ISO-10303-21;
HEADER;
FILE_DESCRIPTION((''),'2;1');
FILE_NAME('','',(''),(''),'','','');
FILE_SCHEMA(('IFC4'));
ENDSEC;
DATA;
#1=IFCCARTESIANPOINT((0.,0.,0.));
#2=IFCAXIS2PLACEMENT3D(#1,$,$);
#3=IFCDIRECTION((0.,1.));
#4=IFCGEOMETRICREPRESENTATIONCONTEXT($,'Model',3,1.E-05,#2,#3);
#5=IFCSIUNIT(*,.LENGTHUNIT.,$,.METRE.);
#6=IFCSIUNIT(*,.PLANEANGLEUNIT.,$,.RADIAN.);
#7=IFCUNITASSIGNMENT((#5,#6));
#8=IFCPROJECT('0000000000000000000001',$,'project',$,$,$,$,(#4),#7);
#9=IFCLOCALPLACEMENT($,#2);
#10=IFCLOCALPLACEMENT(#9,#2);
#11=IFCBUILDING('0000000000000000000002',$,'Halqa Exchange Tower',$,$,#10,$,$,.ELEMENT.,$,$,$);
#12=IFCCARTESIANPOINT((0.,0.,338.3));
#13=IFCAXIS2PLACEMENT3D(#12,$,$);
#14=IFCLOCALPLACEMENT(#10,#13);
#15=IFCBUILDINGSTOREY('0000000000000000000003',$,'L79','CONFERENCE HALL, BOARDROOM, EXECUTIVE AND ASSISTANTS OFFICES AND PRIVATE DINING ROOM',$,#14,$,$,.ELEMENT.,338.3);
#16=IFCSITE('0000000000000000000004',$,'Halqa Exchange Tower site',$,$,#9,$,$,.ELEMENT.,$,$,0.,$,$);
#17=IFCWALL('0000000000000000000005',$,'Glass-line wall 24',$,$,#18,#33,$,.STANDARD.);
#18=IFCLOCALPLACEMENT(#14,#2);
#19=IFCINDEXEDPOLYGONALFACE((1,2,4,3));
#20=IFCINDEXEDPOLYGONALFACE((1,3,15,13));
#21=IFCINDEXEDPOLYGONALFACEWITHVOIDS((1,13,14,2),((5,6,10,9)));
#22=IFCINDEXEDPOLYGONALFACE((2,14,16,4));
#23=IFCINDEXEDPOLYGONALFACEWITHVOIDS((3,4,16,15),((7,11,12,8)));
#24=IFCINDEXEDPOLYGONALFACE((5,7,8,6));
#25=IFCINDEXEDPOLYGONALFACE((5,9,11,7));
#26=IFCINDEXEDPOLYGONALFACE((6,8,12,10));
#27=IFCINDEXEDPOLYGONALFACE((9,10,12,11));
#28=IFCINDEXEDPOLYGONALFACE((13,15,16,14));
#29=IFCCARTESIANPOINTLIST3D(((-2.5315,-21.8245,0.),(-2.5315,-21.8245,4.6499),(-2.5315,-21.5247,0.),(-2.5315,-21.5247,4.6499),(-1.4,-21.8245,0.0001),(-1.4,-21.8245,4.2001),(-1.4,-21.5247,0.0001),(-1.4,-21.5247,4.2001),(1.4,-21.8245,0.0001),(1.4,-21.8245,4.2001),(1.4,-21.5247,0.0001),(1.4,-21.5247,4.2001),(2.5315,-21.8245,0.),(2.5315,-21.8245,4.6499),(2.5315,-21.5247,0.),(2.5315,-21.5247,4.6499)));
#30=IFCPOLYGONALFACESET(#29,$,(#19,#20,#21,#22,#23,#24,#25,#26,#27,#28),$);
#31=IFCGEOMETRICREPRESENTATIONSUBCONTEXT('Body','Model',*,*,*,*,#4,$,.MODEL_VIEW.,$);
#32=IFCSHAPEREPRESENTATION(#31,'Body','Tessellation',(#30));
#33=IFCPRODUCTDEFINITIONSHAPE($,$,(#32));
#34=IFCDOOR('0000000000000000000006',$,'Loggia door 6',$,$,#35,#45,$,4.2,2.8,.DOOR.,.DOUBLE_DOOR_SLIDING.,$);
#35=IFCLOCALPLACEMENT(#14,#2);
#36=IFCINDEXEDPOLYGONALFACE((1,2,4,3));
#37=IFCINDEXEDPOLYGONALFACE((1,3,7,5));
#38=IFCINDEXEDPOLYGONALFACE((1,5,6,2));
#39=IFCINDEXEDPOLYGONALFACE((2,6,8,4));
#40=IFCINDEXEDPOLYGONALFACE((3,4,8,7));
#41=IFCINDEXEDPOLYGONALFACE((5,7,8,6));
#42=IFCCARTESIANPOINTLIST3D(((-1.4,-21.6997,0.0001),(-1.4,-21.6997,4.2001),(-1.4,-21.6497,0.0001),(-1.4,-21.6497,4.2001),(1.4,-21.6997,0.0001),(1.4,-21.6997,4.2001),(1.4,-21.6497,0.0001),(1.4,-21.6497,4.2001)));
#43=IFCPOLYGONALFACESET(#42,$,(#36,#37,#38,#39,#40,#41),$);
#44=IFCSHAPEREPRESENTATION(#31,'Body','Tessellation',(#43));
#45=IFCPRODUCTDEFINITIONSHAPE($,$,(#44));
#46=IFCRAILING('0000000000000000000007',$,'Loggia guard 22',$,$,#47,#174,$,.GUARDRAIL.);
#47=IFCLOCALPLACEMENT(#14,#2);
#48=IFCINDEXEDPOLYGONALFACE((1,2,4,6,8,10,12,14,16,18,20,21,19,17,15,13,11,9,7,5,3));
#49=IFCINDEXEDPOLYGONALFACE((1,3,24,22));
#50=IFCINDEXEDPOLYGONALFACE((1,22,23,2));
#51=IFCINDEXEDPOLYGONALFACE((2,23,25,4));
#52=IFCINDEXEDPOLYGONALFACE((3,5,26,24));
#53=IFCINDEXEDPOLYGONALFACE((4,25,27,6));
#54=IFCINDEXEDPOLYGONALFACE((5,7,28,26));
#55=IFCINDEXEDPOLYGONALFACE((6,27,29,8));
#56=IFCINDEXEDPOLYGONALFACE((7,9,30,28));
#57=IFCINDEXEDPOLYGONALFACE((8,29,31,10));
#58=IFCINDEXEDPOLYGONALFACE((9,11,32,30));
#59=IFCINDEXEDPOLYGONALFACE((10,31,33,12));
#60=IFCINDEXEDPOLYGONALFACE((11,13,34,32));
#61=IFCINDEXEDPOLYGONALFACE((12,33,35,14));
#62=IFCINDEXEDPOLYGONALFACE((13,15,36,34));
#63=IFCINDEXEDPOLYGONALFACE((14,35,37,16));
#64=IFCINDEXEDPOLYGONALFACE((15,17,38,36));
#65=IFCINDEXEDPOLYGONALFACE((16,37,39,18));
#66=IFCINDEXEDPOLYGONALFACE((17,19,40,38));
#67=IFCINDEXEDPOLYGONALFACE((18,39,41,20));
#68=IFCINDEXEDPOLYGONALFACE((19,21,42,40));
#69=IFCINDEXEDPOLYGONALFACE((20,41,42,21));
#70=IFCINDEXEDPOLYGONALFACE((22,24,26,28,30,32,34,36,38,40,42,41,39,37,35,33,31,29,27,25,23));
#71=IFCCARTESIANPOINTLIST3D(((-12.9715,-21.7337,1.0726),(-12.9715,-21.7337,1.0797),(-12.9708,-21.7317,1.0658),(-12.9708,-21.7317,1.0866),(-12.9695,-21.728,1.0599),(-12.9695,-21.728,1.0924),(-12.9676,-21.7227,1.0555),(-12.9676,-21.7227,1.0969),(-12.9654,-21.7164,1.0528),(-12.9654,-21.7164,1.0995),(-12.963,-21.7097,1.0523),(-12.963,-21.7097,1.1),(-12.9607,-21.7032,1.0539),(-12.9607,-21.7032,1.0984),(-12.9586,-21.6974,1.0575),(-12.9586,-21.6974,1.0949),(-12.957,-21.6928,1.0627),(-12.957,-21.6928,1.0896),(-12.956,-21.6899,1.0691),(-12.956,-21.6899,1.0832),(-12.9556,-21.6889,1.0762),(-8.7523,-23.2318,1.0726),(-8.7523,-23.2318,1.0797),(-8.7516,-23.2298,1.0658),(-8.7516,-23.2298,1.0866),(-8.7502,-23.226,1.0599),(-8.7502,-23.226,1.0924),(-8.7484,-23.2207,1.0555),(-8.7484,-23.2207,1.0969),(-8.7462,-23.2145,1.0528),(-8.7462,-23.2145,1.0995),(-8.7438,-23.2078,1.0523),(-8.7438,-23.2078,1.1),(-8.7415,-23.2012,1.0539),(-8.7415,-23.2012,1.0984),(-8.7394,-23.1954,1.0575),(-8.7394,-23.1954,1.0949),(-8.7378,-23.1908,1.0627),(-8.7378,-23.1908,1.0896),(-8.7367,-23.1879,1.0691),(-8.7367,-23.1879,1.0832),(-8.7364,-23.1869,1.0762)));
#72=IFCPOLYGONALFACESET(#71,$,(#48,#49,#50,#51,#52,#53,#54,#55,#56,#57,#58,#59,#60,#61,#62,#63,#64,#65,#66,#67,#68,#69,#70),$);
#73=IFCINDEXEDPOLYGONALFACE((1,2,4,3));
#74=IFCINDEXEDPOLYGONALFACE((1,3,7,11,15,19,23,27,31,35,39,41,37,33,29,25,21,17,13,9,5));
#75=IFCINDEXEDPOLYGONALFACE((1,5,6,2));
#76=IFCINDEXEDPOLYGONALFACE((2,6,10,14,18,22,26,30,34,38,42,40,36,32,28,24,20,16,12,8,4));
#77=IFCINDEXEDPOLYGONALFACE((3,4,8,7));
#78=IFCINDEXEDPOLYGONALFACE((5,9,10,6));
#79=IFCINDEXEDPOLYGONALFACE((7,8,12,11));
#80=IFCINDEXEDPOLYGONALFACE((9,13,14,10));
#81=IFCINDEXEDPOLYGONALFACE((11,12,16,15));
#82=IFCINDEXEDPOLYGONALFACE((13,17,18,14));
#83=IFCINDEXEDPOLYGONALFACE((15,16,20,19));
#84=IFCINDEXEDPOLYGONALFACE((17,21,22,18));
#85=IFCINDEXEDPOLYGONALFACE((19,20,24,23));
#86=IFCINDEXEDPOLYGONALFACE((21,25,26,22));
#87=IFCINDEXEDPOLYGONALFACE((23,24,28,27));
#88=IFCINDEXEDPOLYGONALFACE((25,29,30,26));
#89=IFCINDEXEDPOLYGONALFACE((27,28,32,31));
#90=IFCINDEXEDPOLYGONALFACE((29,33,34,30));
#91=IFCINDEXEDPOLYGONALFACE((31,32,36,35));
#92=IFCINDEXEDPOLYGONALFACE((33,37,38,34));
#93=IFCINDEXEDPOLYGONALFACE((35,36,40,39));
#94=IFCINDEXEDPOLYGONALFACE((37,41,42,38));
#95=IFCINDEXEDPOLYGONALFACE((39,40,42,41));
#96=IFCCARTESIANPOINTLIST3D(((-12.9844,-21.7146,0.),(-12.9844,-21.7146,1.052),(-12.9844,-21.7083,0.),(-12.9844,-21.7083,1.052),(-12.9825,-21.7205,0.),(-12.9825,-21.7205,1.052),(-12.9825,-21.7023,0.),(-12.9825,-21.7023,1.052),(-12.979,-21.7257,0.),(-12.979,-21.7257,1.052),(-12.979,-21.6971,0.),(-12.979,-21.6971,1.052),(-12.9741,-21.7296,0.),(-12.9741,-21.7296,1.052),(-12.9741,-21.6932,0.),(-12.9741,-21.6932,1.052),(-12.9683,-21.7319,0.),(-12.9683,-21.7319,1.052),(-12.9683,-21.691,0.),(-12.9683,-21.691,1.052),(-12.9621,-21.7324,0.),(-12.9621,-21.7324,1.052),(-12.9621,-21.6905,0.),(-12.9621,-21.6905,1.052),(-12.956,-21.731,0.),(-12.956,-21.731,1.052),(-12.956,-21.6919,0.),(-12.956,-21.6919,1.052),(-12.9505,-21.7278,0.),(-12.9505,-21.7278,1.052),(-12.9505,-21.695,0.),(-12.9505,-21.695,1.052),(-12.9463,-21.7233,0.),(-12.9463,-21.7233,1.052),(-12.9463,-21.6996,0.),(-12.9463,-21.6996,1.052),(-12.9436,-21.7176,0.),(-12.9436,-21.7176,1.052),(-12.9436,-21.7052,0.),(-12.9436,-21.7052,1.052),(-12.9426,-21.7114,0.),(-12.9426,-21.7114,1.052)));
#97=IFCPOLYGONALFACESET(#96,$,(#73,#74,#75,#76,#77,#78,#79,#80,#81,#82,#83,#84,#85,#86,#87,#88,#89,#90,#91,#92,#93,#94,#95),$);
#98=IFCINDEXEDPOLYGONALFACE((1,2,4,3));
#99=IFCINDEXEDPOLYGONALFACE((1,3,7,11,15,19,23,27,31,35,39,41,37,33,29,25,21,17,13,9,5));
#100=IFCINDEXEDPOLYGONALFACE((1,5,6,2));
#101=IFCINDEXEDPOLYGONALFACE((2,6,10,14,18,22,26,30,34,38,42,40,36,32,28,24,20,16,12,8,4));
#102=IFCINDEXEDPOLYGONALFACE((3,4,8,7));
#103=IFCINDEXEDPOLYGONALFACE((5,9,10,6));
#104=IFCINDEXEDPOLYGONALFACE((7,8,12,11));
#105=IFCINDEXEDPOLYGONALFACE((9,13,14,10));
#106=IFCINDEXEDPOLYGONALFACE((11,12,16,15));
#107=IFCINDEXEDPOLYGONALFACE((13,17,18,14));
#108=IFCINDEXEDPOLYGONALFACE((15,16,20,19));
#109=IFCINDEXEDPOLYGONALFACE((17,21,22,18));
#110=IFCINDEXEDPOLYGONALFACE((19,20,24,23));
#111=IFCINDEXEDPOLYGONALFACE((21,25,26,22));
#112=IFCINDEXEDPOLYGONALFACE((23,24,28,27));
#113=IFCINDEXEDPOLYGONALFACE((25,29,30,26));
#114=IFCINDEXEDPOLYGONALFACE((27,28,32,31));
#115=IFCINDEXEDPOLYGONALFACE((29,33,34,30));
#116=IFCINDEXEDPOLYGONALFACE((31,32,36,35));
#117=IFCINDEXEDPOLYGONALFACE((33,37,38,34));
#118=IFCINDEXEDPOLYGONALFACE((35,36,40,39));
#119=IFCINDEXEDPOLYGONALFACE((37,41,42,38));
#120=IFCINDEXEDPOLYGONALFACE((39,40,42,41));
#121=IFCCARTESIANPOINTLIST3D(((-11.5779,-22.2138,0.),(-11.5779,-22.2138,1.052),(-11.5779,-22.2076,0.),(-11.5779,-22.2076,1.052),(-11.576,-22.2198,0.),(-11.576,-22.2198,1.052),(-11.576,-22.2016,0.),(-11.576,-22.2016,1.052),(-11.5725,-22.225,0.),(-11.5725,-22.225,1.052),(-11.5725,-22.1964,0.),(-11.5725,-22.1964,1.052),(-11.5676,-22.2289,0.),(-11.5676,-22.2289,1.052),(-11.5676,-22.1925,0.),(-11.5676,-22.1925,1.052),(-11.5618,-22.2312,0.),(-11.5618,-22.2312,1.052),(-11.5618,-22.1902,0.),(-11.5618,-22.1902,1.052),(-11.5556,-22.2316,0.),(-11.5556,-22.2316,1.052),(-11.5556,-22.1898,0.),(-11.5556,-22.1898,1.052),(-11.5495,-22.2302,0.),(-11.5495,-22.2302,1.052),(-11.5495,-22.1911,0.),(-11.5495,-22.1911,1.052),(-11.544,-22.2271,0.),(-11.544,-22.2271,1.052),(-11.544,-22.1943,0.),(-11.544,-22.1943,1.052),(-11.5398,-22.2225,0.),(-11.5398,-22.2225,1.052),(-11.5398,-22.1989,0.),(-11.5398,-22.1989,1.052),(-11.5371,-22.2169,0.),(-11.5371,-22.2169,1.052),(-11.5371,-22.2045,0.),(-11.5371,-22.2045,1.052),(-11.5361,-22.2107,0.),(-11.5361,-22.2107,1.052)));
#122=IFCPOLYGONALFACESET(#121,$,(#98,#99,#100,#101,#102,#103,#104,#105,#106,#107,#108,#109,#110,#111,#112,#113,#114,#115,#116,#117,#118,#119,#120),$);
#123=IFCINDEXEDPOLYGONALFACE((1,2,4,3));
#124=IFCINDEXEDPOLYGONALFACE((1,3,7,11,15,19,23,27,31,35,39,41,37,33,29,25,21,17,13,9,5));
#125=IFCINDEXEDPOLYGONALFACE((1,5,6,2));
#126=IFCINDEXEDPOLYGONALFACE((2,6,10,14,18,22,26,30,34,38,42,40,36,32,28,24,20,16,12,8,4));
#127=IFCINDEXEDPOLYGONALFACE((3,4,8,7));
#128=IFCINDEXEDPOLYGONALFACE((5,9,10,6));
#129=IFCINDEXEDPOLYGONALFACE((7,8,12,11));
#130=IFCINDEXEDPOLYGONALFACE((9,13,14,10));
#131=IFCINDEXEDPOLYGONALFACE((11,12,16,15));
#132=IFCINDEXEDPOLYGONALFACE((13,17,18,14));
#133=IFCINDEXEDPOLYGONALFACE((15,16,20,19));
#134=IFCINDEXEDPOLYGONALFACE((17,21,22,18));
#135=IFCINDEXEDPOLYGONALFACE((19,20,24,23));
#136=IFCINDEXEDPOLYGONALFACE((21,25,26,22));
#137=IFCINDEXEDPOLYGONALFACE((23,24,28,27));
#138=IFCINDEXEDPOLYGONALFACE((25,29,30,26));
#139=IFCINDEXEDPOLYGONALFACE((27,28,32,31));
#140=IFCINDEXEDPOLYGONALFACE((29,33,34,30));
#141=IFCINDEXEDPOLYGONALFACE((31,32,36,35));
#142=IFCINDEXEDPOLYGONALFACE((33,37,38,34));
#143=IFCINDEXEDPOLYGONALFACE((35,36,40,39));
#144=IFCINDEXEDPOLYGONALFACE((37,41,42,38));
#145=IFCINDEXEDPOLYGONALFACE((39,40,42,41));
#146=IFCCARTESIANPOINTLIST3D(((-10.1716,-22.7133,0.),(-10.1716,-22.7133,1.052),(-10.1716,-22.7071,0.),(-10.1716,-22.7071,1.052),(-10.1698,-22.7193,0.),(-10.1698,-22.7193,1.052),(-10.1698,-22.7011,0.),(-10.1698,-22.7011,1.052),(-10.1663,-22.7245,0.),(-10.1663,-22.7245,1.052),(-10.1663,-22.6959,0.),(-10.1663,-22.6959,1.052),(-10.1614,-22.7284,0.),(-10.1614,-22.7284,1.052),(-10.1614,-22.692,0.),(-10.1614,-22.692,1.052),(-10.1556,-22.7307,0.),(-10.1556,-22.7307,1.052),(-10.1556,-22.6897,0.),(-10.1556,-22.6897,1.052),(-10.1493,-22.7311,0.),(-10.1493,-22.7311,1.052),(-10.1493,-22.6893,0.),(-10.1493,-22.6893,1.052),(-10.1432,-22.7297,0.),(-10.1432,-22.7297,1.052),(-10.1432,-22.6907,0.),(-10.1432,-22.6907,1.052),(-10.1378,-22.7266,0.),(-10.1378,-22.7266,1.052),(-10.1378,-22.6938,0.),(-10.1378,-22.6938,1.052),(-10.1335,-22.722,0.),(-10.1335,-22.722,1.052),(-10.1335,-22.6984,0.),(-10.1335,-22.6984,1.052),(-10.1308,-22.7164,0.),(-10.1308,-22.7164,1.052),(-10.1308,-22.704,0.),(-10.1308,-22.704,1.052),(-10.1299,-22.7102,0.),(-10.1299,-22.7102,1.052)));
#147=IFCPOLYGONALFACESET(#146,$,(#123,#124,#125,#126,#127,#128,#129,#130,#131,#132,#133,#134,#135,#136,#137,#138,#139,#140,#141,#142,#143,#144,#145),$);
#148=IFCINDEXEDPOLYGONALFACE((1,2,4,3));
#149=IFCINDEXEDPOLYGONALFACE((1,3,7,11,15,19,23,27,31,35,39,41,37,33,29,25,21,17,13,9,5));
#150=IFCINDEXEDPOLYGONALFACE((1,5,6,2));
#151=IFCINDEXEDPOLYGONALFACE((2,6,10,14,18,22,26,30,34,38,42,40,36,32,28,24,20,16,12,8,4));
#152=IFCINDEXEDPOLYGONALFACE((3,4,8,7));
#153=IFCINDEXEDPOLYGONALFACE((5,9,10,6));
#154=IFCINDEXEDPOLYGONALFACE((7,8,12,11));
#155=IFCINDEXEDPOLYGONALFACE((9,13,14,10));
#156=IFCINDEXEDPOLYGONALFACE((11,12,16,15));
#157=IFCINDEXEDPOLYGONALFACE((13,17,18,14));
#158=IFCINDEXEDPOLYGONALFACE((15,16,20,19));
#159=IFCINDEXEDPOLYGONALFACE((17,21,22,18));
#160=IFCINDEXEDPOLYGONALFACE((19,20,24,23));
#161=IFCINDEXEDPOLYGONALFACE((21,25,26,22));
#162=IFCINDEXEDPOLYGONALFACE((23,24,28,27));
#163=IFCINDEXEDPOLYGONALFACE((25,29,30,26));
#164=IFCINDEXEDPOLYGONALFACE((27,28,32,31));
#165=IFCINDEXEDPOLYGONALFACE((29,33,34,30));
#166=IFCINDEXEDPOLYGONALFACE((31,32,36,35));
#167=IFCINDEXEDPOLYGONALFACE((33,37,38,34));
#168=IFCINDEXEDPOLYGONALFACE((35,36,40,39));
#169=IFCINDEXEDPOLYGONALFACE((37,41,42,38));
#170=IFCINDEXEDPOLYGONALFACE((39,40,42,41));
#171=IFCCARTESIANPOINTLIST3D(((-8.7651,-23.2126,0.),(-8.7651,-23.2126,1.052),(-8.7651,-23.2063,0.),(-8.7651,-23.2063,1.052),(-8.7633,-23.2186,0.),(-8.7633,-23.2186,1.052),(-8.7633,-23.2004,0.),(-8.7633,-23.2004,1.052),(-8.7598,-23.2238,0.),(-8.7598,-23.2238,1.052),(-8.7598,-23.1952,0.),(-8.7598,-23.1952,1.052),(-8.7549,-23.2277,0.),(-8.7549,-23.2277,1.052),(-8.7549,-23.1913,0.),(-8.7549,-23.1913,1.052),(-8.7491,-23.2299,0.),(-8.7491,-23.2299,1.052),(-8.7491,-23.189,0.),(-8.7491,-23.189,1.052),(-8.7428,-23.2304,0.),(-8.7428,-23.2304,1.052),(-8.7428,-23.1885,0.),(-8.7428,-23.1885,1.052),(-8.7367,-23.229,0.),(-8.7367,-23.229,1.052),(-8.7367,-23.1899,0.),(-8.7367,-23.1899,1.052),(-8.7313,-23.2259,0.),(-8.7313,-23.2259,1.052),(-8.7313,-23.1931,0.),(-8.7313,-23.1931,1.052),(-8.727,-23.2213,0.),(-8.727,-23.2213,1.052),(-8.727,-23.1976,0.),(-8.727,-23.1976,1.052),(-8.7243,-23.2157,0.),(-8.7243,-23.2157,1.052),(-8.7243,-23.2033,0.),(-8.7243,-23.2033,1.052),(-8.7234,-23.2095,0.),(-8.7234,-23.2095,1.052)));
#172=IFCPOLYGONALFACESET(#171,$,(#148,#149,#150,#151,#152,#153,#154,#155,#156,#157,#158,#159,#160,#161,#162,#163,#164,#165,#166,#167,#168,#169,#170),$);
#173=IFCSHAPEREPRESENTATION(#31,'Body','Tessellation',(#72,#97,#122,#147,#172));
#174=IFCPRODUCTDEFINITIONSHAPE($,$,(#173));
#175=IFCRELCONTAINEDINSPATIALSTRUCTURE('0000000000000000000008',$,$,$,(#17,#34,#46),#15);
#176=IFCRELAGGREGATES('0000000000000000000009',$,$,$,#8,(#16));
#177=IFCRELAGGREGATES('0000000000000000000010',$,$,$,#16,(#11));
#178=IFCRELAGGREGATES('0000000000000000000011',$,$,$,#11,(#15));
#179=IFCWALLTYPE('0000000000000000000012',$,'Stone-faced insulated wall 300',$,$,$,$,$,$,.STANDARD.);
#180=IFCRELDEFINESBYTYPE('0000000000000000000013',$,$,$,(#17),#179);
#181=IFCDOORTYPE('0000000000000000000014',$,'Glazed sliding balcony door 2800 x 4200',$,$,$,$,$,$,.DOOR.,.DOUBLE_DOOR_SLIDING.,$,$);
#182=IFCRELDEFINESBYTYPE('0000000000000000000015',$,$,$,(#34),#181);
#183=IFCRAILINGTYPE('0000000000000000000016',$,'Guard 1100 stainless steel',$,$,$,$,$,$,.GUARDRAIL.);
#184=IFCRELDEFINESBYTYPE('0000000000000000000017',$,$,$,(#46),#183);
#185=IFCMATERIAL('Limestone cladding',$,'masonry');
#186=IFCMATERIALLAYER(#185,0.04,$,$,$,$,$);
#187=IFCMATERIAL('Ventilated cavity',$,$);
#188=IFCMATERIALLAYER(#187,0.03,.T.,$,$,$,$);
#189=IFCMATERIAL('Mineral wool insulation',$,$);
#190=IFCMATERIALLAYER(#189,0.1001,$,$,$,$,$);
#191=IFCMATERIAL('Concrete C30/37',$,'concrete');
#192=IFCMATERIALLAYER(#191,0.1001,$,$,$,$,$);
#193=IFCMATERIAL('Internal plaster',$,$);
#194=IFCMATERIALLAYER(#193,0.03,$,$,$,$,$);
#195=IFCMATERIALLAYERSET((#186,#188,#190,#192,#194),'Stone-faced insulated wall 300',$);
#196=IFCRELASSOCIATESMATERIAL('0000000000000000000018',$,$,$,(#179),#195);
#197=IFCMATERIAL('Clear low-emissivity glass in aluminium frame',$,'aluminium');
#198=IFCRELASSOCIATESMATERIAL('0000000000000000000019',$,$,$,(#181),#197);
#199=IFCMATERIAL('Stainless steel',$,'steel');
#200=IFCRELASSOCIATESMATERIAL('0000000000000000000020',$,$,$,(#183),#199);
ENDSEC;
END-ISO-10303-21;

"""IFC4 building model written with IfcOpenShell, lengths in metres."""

from ifc_helpers import new_model, si_unit, direction, frame, frame_2d, origin, origin_2d, place, context, subcontext, project, spatial, polyline, rectangle, circle, outline, extrude, material, layer, layer_set, type_object, element, fill, save


model = new_model("IFC4")

# Units and contexts
model_context = context("Model", 3, precision=1e-05, world=origin(), true_north=direction((0.0, 1.0)))
body_context = subcontext(model_context, "Body", "Model", "MODEL_VIEW")
ifc_project = project(units=[si_unit("LENGTHUNIT", "METRE"), si_unit("PLANEANGLEUNIT", "RADIAN")], contexts=[model_context])

# Site, building, storey
site_placement = place(None, origin())
site = spatial("IfcSite", under=ifc_project, at=site_placement, Name="Halqa Exchange Tower site", CompositionType="ELEMENT", RefElevation=0.0)
building_placement = place(site_placement, origin())
building = spatial("IfcBuilding", under=site, at=building_placement, Name="Halqa Exchange Tower", CompositionType="ELEMENT")
storey_placement = place(building_placement, frame((0.0, 0.0, 338.3)))
storey = spatial("IfcBuildingStorey", under=building, at=storey_placement, Name="L79", Description="CONFERENCE HALL, BOARDROOM, EXECUTIVE AND ASSISTANTS OFFICES AND PRIVATE DINING ROOM", CompositionType="ELEMENT", Elevation=338.3)

# Wall, opening, door
ifc_material_1 = material(Name="Limestone cladding", Category="masonry")
ifc_layer_1 = layer(ifc_material_1, 0.04)
ifc_material_2 = material(Name="Ventilated cavity")
ifc_layer_2 = layer(ifc_material_2, 0.03, ventilated=True)
ifc_material_3 = material(Name="Mineral wool insulation")
ifc_layer_3 = layer(ifc_material_3, 0.1001)
ifc_material_4 = material(Name="Concrete C30/37", Category="concrete")
ifc_layer_4 = layer(ifc_material_4, 0.1001)
ifc_material_5 = material(Name="Internal plaster")
ifc_layer_5 = layer(ifc_material_5, 0.03)
ifc_layer_set_1 = layer_set([ifc_layer_1, ifc_layer_2, ifc_layer_3, ifc_layer_4, ifc_layer_5], Name="Stone-faced insulated wall 300")
wall_type = type_object("IfcWallType", Name="Stone-faced insulated wall 300", PredefinedType="STANDARD", material=ifc_layer_set_1)
wall_placement = place(storey_placement, frame((-2.5315, -21.6746, 0.0), z_axis=(0.0, 0.0, 1.0), x_axis=(1.0, 0.0, 0.0)))
wall = element("IfcWall", 1, at=wall_placement, inside=storey, type_object=wall_type, Name="Glass-line wall 24", PredefinedType="STANDARD", context=body_context, shape_type="SweptSolid", body=[
    extrude(outline(polyline([(0.0, -0.1499), (5.063, -0.1499), (5.063, 0.1499), (0.0, 0.1499), (0.0, -0.1499)])), origin(), (0.0, 0.0, 1.0), 4.6499),
])
opening_placement = place(wall_placement, frame((1.1316, 0.0, 0.0)))
opening = element("IfcOpeningElement", 2, at=opening_placement, cuts=wall, PredefinedType="OPENING", context=body_context, shape_type="SweptSolid", body=[
    extrude(rectangle(XDim=2.8, YDim=4.2, at=frame_2d((1.3999, 2.1001))), frame((0.0, 0.1621, 0.0), z_axis=(0.0, -1.0, 0.0), x_axis=(1.0, 0.0, 0.0)), (0.0, 0.0, 1.0), 0.324),
])
ifc_material_6 = material(Name="Clear low-emissivity glass in aluminium frame", Category="aluminium")
door_type = type_object("IfcDoorType", Name="Glazed sliding balcony door 2800 x 4200", OperationType="DOUBLE_DOOR_SLIDING", PredefinedType="DOOR", material=ifc_material_6)
door_placement = place(opening_placement, origin())
door = element("IfcDoor", 3, at=door_placement, inside=storey, type_object=door_type, Name="Loggia door 6", OperationType="DOUBLE_DOOR_SLIDING", OverallHeight=4.2, OverallWidth=2.8, PredefinedType="DOOR", context=body_context, shape_type="SweptSolid", body=[
    extrude(rectangle(XDim=2.8, YDim=4.2, at=frame_2d((1.3999, 2.1001))), frame((0.0, 0.0249, 0.0), z_axis=(0.0, -1.0, 0.0), x_axis=(1.0, 0.0, 0.0)), (0.0, 0.0, 1.0), 0.05),
])
fill(opening, door)

# Railing
ifc_material_7 = material(Name="Stainless steel", Category="steel")
railing_type = type_object("IfcRailingType", Name="Guard 1100 stainless steel", PredefinedType="GUARDRAIL", material=ifc_material_7)
railing_1_placement = place(storey_placement, frame((-12.9636, -21.7114, 0.0)))
element("IfcRailing", 4, at=railing_1_placement, inside=storey, type_object=railing_type, Name="Loggia guard 22", PredefinedType="GUARDRAIL", context=body_context, shape_type="SweptSolid", body=[
    extrude(circle(Radius=0.0239, at=origin_2d()), frame((0.0, 0.0, 1.0762), z_axis=(0.942365, -0.334588, 0.0), x_axis=(0.334588, 0.942365, 0.0)), (0.0, 0.0, 1.0), 4.4773),
    extrude(circle(Radius=0.021, at=origin_2d()), origin(), (0.0, 0.0, 1.0), 1.052),
    extrude(circle(Radius=0.021, at=origin_2d()), frame((1.4065, -0.4993, 0.0)), (0.0, 0.0, 1.0), 1.052),
    extrude(circle(Radius=0.021, at=origin_2d()), frame((2.8127, -0.9988, 0.0)), (0.0, 0.0, 1.0), 1.052),
    extrude(circle(Radius=0.021, at=origin_2d()), frame((4.2192, -1.498, 0.0)), (0.0, 0.0, 1.0), 1.052),
])

save(model, "model.ifc")
